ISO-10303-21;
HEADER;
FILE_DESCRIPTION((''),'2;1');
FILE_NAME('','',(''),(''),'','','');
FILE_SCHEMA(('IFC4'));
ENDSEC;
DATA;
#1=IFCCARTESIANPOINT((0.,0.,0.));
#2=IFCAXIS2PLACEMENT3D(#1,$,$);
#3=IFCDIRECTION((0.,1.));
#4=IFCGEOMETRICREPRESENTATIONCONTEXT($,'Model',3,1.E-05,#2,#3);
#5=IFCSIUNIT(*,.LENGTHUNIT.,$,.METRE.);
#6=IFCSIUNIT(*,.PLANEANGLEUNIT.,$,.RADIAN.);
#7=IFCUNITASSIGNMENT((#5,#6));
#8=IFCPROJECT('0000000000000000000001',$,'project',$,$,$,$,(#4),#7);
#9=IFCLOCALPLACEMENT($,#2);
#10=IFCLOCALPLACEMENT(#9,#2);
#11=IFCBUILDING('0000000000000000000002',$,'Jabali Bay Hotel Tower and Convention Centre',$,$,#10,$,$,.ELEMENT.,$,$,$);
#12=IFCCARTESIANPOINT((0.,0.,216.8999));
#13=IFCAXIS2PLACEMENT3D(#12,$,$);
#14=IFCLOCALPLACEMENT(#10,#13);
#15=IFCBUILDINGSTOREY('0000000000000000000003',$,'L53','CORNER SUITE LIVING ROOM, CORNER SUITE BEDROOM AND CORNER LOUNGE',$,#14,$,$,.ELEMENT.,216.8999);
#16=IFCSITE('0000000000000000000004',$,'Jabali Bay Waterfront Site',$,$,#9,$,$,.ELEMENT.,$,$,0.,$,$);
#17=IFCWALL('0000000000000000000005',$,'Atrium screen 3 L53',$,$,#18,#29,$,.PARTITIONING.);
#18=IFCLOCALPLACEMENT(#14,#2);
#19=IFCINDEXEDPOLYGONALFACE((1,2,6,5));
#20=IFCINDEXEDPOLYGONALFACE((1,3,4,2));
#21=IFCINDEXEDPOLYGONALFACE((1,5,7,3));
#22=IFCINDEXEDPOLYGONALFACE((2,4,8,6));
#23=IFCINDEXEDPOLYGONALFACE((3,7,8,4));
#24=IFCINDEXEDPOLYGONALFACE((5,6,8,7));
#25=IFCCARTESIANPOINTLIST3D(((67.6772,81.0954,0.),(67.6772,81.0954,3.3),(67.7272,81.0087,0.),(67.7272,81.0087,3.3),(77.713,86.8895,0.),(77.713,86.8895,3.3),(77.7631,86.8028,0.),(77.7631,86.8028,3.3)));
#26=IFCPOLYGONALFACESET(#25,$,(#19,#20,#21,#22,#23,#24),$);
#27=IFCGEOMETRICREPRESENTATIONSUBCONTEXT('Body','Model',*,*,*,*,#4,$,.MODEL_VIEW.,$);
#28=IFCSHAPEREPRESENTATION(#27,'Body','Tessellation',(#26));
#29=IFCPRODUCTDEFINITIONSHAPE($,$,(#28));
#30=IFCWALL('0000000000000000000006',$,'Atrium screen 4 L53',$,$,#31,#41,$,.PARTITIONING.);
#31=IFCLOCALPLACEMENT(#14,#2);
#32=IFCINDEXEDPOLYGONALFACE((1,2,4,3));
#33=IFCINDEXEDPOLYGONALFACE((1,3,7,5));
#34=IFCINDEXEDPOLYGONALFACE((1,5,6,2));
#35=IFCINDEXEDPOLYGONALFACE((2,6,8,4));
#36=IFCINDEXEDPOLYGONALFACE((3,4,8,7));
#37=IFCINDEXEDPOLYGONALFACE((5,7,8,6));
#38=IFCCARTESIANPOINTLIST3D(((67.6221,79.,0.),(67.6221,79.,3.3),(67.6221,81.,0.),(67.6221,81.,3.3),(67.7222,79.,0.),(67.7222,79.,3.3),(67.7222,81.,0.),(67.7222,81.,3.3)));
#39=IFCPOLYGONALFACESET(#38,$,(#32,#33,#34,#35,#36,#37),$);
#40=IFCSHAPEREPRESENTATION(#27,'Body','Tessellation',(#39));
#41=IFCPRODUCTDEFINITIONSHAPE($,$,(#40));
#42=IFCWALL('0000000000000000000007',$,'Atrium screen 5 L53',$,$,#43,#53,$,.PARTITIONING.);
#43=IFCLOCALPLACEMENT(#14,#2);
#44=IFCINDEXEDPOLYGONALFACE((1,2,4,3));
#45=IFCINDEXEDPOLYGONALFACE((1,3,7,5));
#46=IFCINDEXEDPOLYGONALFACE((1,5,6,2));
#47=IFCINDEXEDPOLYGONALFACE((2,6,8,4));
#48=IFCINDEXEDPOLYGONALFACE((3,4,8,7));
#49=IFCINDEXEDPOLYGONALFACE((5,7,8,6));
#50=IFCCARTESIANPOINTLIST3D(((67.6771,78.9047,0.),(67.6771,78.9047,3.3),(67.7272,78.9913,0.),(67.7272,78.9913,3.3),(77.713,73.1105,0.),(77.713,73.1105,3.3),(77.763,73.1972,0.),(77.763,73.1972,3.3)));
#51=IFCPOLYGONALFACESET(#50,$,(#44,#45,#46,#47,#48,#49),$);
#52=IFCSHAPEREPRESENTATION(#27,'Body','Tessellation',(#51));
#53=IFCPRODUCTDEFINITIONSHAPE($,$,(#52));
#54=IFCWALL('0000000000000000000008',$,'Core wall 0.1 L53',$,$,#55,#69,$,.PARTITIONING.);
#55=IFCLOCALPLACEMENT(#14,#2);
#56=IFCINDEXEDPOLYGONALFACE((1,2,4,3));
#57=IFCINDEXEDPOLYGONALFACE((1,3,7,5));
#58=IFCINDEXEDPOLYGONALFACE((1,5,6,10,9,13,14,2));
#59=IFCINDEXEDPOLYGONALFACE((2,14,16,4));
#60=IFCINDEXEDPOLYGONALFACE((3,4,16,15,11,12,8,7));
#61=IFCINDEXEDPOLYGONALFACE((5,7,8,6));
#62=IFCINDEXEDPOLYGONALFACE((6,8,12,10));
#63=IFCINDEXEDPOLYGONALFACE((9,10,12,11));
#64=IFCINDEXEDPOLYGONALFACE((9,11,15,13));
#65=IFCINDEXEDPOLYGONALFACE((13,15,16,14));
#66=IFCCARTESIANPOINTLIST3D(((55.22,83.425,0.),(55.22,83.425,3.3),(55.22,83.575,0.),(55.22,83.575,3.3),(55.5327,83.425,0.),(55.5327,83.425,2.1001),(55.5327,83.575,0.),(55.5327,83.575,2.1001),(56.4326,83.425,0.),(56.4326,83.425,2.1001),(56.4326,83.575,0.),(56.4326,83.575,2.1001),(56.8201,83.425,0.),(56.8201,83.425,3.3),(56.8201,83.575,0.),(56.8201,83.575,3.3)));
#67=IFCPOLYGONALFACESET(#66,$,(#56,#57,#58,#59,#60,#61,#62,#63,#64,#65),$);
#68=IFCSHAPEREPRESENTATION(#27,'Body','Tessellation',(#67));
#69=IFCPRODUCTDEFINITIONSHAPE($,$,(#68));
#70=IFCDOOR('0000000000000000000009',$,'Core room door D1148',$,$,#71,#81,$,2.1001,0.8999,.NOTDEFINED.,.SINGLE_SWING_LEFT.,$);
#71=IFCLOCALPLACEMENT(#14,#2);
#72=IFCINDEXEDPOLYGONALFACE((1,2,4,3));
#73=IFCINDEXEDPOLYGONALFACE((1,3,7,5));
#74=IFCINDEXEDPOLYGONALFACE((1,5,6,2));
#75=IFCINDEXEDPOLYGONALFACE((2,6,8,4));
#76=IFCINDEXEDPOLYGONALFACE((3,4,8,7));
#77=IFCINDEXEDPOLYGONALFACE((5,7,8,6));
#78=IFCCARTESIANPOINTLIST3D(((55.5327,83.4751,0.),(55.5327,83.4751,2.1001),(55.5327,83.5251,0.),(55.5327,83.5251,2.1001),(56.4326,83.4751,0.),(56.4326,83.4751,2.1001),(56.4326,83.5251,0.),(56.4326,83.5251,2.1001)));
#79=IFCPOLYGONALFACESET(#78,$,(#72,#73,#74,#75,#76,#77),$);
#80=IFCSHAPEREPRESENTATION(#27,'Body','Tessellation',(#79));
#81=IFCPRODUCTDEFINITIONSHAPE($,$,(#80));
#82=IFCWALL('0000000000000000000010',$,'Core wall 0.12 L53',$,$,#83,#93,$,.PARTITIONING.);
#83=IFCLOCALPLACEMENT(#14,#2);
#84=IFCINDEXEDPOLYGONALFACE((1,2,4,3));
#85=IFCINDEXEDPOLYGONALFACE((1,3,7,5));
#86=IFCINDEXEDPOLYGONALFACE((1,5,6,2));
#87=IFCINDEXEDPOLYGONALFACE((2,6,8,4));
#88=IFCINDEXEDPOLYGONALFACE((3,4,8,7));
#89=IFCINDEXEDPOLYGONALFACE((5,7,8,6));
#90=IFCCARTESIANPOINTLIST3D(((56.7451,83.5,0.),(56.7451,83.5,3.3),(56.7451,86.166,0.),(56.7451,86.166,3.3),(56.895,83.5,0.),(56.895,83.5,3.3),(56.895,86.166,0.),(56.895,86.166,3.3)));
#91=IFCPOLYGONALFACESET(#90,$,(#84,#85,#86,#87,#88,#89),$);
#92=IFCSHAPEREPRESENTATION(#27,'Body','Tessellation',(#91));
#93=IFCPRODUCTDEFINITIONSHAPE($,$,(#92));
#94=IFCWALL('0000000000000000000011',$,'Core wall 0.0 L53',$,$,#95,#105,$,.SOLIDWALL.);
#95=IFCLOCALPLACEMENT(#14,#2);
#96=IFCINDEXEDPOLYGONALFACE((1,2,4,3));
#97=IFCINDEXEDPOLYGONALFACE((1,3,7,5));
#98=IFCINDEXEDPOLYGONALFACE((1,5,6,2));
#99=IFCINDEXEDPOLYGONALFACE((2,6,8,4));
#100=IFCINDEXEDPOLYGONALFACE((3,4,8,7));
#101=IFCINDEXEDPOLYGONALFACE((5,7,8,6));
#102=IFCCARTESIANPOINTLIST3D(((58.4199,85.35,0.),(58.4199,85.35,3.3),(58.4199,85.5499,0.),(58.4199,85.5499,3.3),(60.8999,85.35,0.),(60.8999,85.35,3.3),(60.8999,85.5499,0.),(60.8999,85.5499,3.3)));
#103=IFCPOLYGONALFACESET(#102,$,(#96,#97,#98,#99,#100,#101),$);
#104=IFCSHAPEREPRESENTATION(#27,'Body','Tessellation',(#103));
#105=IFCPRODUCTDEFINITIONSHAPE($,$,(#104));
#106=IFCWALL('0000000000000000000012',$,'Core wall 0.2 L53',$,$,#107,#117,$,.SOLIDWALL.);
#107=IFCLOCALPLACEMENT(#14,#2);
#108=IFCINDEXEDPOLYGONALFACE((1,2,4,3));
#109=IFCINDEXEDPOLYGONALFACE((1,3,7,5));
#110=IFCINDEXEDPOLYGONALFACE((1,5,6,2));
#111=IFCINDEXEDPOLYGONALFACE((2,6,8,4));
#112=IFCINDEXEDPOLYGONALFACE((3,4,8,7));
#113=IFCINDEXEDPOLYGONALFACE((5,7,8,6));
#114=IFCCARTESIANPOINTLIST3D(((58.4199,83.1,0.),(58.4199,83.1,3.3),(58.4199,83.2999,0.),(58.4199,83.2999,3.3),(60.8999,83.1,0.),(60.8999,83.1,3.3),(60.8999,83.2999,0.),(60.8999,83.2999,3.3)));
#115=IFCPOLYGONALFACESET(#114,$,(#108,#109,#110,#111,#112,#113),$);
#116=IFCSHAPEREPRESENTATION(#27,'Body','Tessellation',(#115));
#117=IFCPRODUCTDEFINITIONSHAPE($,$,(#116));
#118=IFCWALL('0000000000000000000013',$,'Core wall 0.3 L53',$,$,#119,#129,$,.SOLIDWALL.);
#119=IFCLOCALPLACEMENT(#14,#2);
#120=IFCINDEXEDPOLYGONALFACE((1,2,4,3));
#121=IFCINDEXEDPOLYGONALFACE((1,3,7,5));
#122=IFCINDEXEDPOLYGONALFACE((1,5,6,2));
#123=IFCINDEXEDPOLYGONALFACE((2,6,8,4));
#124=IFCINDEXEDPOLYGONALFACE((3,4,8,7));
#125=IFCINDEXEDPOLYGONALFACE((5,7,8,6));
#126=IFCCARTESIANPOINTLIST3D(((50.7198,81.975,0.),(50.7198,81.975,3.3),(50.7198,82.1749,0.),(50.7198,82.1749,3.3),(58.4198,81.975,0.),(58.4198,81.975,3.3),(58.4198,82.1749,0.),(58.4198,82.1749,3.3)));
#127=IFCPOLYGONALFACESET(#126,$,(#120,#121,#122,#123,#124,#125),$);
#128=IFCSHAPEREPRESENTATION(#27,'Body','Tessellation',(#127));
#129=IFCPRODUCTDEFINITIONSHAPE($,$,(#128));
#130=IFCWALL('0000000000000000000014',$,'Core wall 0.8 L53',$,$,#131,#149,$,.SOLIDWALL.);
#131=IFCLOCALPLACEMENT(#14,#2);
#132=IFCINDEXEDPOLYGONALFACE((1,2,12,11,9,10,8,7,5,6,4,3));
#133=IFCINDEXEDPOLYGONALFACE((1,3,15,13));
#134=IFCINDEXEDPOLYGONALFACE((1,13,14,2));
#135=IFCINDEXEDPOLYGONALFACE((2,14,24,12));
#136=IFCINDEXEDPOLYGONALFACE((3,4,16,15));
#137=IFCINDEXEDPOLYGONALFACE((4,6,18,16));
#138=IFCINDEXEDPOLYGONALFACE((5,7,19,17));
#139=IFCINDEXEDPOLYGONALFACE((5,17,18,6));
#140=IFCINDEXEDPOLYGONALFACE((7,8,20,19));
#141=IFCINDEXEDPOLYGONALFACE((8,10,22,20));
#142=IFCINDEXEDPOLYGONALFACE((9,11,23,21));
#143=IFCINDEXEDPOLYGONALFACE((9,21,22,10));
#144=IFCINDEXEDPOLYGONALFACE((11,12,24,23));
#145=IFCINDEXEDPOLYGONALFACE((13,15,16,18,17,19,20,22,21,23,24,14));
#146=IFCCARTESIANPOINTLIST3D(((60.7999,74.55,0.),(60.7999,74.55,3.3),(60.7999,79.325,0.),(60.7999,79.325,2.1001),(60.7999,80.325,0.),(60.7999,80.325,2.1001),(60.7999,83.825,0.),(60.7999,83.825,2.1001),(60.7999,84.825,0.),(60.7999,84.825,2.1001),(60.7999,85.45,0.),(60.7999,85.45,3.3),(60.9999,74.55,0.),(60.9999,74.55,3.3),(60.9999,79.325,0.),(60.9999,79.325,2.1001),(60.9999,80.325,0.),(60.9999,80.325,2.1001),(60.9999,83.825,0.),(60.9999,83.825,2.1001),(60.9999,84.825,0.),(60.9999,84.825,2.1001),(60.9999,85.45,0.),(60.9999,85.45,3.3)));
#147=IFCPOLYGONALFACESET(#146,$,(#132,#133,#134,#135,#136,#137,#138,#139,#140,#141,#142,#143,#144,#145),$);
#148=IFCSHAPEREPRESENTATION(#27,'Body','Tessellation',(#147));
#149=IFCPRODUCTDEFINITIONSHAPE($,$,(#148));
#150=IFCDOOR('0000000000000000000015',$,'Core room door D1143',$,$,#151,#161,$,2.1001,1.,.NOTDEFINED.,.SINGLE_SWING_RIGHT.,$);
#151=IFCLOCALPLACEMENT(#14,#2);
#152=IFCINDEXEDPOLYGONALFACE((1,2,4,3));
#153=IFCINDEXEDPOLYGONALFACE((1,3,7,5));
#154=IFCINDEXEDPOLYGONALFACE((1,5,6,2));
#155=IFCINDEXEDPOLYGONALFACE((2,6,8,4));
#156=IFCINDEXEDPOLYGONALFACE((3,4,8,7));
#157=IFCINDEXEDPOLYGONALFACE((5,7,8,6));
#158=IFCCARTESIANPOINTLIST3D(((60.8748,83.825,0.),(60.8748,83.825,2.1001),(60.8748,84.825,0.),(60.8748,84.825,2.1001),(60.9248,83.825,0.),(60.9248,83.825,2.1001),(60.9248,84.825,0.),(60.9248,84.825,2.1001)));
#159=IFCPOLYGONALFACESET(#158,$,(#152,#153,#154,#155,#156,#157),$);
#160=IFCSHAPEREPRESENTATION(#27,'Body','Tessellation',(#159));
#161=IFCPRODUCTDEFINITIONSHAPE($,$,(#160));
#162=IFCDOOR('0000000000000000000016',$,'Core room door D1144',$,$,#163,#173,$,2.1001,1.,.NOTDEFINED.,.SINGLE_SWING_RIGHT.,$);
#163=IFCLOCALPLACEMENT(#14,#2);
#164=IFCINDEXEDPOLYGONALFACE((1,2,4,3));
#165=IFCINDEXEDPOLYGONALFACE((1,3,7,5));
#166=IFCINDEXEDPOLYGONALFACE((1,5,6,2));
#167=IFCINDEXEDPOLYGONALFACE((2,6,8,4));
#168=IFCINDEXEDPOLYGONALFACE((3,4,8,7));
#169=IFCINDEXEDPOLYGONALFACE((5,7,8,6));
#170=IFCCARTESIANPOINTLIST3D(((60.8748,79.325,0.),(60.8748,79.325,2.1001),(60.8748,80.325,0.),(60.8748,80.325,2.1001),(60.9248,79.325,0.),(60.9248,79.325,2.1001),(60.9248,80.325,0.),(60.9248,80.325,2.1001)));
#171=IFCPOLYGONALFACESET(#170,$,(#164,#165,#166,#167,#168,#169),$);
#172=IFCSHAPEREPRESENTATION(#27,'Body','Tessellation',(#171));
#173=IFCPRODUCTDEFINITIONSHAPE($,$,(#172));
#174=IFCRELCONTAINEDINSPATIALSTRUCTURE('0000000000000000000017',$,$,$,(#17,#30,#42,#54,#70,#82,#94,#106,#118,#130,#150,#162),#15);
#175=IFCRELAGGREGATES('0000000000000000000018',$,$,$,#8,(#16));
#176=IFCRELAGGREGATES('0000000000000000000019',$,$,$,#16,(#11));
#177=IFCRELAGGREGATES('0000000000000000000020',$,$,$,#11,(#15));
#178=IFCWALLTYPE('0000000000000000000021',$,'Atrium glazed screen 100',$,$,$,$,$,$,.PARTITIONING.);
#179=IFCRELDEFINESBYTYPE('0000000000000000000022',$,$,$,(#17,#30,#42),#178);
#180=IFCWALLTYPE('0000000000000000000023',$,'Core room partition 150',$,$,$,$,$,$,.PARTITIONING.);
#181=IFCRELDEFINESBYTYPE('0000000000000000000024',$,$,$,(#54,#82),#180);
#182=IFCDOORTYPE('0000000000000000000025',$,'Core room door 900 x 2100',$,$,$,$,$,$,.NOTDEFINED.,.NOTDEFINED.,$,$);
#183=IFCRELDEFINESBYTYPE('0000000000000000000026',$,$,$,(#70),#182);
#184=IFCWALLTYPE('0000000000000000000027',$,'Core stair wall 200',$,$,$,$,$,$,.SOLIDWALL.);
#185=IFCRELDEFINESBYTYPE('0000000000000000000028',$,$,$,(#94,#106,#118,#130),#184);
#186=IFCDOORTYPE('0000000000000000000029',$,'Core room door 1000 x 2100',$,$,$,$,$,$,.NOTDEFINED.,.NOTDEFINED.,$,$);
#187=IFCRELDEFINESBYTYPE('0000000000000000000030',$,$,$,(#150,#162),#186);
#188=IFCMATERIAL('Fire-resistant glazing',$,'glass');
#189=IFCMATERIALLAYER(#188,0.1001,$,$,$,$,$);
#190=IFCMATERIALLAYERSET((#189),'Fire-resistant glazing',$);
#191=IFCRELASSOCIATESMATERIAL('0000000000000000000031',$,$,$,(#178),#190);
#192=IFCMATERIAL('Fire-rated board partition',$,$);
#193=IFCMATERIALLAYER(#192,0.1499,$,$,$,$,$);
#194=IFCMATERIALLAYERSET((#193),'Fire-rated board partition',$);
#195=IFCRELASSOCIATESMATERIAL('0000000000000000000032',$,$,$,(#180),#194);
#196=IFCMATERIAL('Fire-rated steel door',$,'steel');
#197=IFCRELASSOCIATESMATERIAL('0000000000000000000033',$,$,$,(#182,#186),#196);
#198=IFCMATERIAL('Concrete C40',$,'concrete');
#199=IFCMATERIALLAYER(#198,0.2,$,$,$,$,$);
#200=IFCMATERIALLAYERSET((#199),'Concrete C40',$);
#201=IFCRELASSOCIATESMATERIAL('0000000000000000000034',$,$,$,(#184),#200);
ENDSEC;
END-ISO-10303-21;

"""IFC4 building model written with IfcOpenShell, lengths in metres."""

from ifc_helpers import new_model, si_unit, direction, frame, frame_2d, origin, place, context, subcontext, project, spatial, rectangle, extrude, material, layer, layer_set, type_object, element, fill, save


model = new_model("IFC4")

# Units and contexts
model_context = context("Model", 3, precision=1e-05, world=origin(), true_north=direction((0.0, 1.0)))
body_context = subcontext(model_context, "Body", "Model", "MODEL_VIEW")
ifc_project = project(units=[si_unit("LENGTHUNIT", "METRE"), si_unit("PLANEANGLEUNIT", "RADIAN")], contexts=[model_context])

# Site, building, storey
site_placement = place(None, origin())
site = spatial("IfcSite", under=ifc_project, at=site_placement, Name="Jabali Bay Waterfront Site", CompositionType="ELEMENT", RefElevation=0.0)
building_placement = place(site_placement, origin())
building = spatial("IfcBuilding", under=site, at=building_placement, Name="Jabali Bay Hotel Tower and Convention Centre", CompositionType="ELEMENT")
storey_placement = place(building_placement, frame((0.0, 0.0, 216.8999)))
storey = spatial("IfcBuildingStorey", under=building, at=storey_placement, Name="L53", Description="CORNER SUITE LIVING ROOM, CORNER SUITE BEDROOM AND CORNER LOUNGE", CompositionType="ELEMENT", Elevation=216.8999)

# Walls
ifc_material_1 = material(Name="Fire-resistant glazing", Category="glass")
ifc_layer_1 = layer(ifc_material_1, 0.1001)
ifc_layer_set_1 = layer_set([ifc_layer_1], Name="Fire-resistant glazing")
wall_type_1 = type_object("IfcWallType", Name="Atrium glazed screen 100", PredefinedType="PARTITIONING", material=ifc_layer_set_1)
wall_1_placement = place(storey_placement, frame((77.738, 86.8462, 0.0), z_axis=(0.0, 0.0, 1.0), x_axis=(-0.866027, -0.499998, 0.0)))
element("IfcWall", 1, at=wall_1_placement, inside=storey, type_object=wall_type_1, Name="Atrium screen 3 L53", PredefinedType="PARTITIONING", context=body_context, shape_type="SweptSolid", body=[
    extrude(rectangle(XDim=11.5884, YDim=0.1001, at=frame_2d((5.7942, 0.0))), origin(), (0.0, 0.0, 1.0), 3.3),
])
wall_2_placement = place(storey_placement, frame((67.6721, 81.0, 0.0), z_axis=(0.0, 0.0, 1.0), x_axis=(0.0, -1.0, 0.0)))
element("IfcWall", 2, at=wall_2_placement, inside=storey, type_object=wall_type_1, Name="Atrium screen 4 L53", PredefinedType="PARTITIONING", context=body_context, shape_type="SweptSolid", body=[
    extrude(rectangle(XDim=2.0, YDim=0.1001, at=frame_2d((1.0, 0.0))), origin(), (0.0, 0.0, 1.0), 3.3),
])
wall_3_placement = place(storey_placement, frame((67.7021, 78.948, 0.0), z_axis=(0.0, 0.0, 1.0), x_axis=(0.866027, -0.499998, 0.0)))
element("IfcWall", 3, at=wall_3_placement, inside=storey, type_object=wall_type_1, Name="Atrium screen 5 L53", PredefinedType="PARTITIONING", context=body_context, shape_type="SweptSolid", body=[
    extrude(rectangle(XDim=11.5884, YDim=0.1001, at=frame_2d((5.7942, 0.0))), origin(), (0.0, 0.0, 1.0), 3.3),
])

# Wall, opening, door
ifc_material_2 = material(Name="Fire-rated board partition")
ifc_layer_2 = layer(ifc_material_2, 0.1499)
ifc_layer_set_2 = layer_set([ifc_layer_2], Name="Fire-rated board partition")
wall_type_2 = type_object("IfcWallType", Name="Core room partition 150", PredefinedType="PARTITIONING", material=ifc_layer_set_2)
wall_4_placement = place(storey_placement, frame((56.8201, 83.5, 0.0), z_axis=(0.0, 0.0, 1.0), x_axis=(-1.0, 0.0, 0.0)))
wall_4 = element("IfcWall", 4, at=wall_4_placement, inside=storey, type_object=wall_type_2, Name="Core wall 0.1 L53", PredefinedType="PARTITIONING", context=body_context, shape_type="SweptSolid", body=[
    extrude(rectangle(XDim=1.6001, YDim=0.1499, at=frame_2d((0.8, 0.0))), origin(), (0.0, 0.0, 1.0), 3.3),
])
opening_1_placement = place(wall_4_placement, frame((0.3875, 0.0, 0.0)))
opening_1 = element("IfcOpeningElement", 5, at=opening_1_placement, cuts=wall_4, PredefinedType="OPENING", context=body_context, shape_type="SweptSolid", body=[
    extrude(rectangle(XDim=0.8999, YDim=2.1001, at=frame_2d((0.45, 1.05))), frame((0.0, 0.0854, 0.0), z_axis=(0.0, -1.0, 0.0), x_axis=(1.0, 0.0, 0.0)), (0.0, 0.0, 1.0), 0.1709),
])
ifc_material_3 = material(Name="Fire-rated steel door", Category="steel")
door_type_1 = type_object("IfcDoorType", Name="Core room door 900 x 2100", OperationType="NOTDEFINED", PredefinedType="NOTDEFINED", material=ifc_material_3)
door_1_placement = place(opening_1_placement, origin())
door_1 = element("IfcDoor", 6, at=door_1_placement, inside=storey, type_object=door_type_1, Name="Core room door D1148", OperationType="SINGLE_SWING_LEFT", OverallHeight=2.1001, OverallWidth=0.8999, PredefinedType="NOTDEFINED", context=body_context, shape_type="SweptSolid", body=[
    extrude(rectangle(XDim=0.8999, YDim=2.1001, at=frame_2d((0.45, 1.05))), frame((0.0, 0.0249, 0.0), z_axis=(0.0, -1.0, 0.0), x_axis=(1.0, 0.0, 0.0)), (0.0, 0.0, 1.0), 0.05),
])
fill(opening_1, door_1)

# Walls
wall_5_placement = place(storey_placement, frame((56.8201, 86.166, 0.0), z_axis=(0.0, 0.0, 1.0), x_axis=(0.0, -1.0, 0.0)))
element("IfcWall", 7, at=wall_5_placement, inside=storey, type_object=wall_type_2, Name="Core wall 0.12 L53", PredefinedType="PARTITIONING", context=body_context, shape_type="SweptSolid", body=[
    extrude(rectangle(XDim=2.666, YDim=0.1499, at=frame_2d((1.333, 0.0))), origin(), (0.0, 0.0, 1.0), 3.3),
])
ifc_material_4 = material(Name="Concrete C40", Category="concrete")
ifc_layer_3 = layer(ifc_material_4, 0.2)
ifc_layer_set_3 = layer_set([ifc_layer_3], Name="Concrete C40")
wall_type_3 = type_object("IfcWallType", Name="Core stair wall 200", PredefinedType="SOLIDWALL", material=ifc_layer_set_3)
for number, where, z_axis, x_axis, name in (
    (8, (60.8999, 85.45, 0.0), (0.0, 0.0, 1.0), (-1.0, 0.0, 0.0), "Core wall 0.0 L53"),
    (9, (60.8999, 83.2, 0.0), (0.0, 0.0, 1.0), (-1.0, 0.0, 0.0), "Core wall 0.2 L53"),
):
    element("IfcWall", number, at=place(storey_placement, frame(where, z_axis=z_axis, x_axis=x_axis)), inside=storey, type_object=wall_type_3, Name=name, PredefinedType="SOLIDWALL", context=body_context, shape_type="SweptSolid", body=[
        extrude(rectangle(XDim=2.48, YDim=0.2, at=frame_2d((1.24, 0.0))), origin(), (0.0, 0.0, 1.0), 3.3),
    ])
wall_6_placement = place(storey_placement, frame((58.4199, 82.075, 0.0), z_axis=(0.0, 0.0, 1.0), x_axis=(-1.0, 0.0, 0.0)))
element("IfcWall", 10, at=wall_6_placement, inside=storey, type_object=wall_type_3, Name="Core wall 0.3 L53", PredefinedType="SOLIDWALL", context=body_context, shape_type="SweptSolid", body=[
    extrude(rectangle(XDim=7.7, YDim=0.2, at=frame_2d((3.8501, 0.0))), origin(), (0.0, 0.0, 1.0), 3.3),
])

# Wall, openings, doors
wall_7_placement = place(storey_placement, frame((60.8999, 85.45, 0.0), z_axis=(0.0, 0.0, 1.0), x_axis=(0.0, -1.0, 0.0)))
wall_7 = element("IfcWall", 11, at=wall_7_placement, inside=storey, type_object=wall_type_3, Name="Core wall 0.8 L53", PredefinedType="SOLIDWALL", context=body_context, shape_type="SweptSolid", body=[
    extrude(rectangle(XDim=10.8999, YDim=0.2, at=frame_2d((5.45, 0.0))), origin(), (0.0, 0.0, 1.0), 3.3),
])
opening_2_placement = place(wall_7_placement, frame((0.625, 0.0, 0.0)))
opening_2 = element("IfcOpeningElement", 12, at=opening_2_placement, cuts=wall_7, PredefinedType="OPENING", context=body_context, shape_type="SweptSolid", body=[
    extrude(rectangle(XDim=1.0, YDim=2.1001, at=frame_2d((0.5, 1.05))), frame((0.0, 0.1104, 0.0), z_axis=(0.0, -1.0, 0.0), x_axis=(1.0, 0.0, 0.0)), (0.0, 0.0, 1.0), 0.2209),
])
opening_3_placement = place(wall_7_placement, frame((5.125, 0.0, 0.0)))
opening_3 = element("IfcOpeningElement", 13, at=opening_3_placement, cuts=wall_7, PredefinedType="OPENING", context=body_context, shape_type="SweptSolid", body=[
    extrude(rectangle(XDim=1.0, YDim=2.1001, at=frame_2d((0.5, 1.05))), frame((0.0, 0.1104, 0.0), z_axis=(0.0, -1.0, 0.0), x_axis=(1.0, 0.0, 0.0)), (0.0, 0.0, 1.0), 0.2209),
])
door_type_2 = type_object("IfcDoorType", Name="Core room door 1000 x 2100", OperationType="NOTDEFINED", PredefinedType="NOTDEFINED", material=ifc_material_3)
door_2_placement = place(opening_2_placement, origin())
door_2 = element("IfcDoor", 14, at=door_2_placement, inside=storey, type_object=door_type_2, Name="Core room door D1143", OperationType="SINGLE_SWING_RIGHT", OverallHeight=2.1001, OverallWidth=1.0, PredefinedType="NOTDEFINED", context=body_context, shape_type="SweptSolid", body=[
    extrude(rectangle(XDim=1.0, YDim=2.1001, at=frame_2d((0.5, 1.05))), frame((0.0, 0.0249, 0.0), z_axis=(0.0, -1.0, 0.0), x_axis=(1.0, 0.0, 0.0)), (0.0, 0.0, 1.0), 0.05),
])
fill(opening_2, door_2)
door_3_placement = place(opening_3_placement, origin())
door_3 = element("IfcDoor", 15, at=door_3_placement, inside=storey, type_object=door_type_2, Name="Core room door D1144", OperationType="SINGLE_SWING_RIGHT", OverallHeight=2.1001, OverallWidth=1.0, PredefinedType="NOTDEFINED", context=body_context, shape_type="SweptSolid", body=[
    extrude(rectangle(XDim=1.0, YDim=2.1001, at=frame_2d((0.5, 1.05))), frame((0.0, 0.0249, 0.0), z_axis=(0.0, -1.0, 0.0), x_axis=(1.0, 0.0, 0.0)), (0.0, 0.0, 1.0), 0.05),
])
fill(opening_3, door_3)

save(model, "model.ifc")
